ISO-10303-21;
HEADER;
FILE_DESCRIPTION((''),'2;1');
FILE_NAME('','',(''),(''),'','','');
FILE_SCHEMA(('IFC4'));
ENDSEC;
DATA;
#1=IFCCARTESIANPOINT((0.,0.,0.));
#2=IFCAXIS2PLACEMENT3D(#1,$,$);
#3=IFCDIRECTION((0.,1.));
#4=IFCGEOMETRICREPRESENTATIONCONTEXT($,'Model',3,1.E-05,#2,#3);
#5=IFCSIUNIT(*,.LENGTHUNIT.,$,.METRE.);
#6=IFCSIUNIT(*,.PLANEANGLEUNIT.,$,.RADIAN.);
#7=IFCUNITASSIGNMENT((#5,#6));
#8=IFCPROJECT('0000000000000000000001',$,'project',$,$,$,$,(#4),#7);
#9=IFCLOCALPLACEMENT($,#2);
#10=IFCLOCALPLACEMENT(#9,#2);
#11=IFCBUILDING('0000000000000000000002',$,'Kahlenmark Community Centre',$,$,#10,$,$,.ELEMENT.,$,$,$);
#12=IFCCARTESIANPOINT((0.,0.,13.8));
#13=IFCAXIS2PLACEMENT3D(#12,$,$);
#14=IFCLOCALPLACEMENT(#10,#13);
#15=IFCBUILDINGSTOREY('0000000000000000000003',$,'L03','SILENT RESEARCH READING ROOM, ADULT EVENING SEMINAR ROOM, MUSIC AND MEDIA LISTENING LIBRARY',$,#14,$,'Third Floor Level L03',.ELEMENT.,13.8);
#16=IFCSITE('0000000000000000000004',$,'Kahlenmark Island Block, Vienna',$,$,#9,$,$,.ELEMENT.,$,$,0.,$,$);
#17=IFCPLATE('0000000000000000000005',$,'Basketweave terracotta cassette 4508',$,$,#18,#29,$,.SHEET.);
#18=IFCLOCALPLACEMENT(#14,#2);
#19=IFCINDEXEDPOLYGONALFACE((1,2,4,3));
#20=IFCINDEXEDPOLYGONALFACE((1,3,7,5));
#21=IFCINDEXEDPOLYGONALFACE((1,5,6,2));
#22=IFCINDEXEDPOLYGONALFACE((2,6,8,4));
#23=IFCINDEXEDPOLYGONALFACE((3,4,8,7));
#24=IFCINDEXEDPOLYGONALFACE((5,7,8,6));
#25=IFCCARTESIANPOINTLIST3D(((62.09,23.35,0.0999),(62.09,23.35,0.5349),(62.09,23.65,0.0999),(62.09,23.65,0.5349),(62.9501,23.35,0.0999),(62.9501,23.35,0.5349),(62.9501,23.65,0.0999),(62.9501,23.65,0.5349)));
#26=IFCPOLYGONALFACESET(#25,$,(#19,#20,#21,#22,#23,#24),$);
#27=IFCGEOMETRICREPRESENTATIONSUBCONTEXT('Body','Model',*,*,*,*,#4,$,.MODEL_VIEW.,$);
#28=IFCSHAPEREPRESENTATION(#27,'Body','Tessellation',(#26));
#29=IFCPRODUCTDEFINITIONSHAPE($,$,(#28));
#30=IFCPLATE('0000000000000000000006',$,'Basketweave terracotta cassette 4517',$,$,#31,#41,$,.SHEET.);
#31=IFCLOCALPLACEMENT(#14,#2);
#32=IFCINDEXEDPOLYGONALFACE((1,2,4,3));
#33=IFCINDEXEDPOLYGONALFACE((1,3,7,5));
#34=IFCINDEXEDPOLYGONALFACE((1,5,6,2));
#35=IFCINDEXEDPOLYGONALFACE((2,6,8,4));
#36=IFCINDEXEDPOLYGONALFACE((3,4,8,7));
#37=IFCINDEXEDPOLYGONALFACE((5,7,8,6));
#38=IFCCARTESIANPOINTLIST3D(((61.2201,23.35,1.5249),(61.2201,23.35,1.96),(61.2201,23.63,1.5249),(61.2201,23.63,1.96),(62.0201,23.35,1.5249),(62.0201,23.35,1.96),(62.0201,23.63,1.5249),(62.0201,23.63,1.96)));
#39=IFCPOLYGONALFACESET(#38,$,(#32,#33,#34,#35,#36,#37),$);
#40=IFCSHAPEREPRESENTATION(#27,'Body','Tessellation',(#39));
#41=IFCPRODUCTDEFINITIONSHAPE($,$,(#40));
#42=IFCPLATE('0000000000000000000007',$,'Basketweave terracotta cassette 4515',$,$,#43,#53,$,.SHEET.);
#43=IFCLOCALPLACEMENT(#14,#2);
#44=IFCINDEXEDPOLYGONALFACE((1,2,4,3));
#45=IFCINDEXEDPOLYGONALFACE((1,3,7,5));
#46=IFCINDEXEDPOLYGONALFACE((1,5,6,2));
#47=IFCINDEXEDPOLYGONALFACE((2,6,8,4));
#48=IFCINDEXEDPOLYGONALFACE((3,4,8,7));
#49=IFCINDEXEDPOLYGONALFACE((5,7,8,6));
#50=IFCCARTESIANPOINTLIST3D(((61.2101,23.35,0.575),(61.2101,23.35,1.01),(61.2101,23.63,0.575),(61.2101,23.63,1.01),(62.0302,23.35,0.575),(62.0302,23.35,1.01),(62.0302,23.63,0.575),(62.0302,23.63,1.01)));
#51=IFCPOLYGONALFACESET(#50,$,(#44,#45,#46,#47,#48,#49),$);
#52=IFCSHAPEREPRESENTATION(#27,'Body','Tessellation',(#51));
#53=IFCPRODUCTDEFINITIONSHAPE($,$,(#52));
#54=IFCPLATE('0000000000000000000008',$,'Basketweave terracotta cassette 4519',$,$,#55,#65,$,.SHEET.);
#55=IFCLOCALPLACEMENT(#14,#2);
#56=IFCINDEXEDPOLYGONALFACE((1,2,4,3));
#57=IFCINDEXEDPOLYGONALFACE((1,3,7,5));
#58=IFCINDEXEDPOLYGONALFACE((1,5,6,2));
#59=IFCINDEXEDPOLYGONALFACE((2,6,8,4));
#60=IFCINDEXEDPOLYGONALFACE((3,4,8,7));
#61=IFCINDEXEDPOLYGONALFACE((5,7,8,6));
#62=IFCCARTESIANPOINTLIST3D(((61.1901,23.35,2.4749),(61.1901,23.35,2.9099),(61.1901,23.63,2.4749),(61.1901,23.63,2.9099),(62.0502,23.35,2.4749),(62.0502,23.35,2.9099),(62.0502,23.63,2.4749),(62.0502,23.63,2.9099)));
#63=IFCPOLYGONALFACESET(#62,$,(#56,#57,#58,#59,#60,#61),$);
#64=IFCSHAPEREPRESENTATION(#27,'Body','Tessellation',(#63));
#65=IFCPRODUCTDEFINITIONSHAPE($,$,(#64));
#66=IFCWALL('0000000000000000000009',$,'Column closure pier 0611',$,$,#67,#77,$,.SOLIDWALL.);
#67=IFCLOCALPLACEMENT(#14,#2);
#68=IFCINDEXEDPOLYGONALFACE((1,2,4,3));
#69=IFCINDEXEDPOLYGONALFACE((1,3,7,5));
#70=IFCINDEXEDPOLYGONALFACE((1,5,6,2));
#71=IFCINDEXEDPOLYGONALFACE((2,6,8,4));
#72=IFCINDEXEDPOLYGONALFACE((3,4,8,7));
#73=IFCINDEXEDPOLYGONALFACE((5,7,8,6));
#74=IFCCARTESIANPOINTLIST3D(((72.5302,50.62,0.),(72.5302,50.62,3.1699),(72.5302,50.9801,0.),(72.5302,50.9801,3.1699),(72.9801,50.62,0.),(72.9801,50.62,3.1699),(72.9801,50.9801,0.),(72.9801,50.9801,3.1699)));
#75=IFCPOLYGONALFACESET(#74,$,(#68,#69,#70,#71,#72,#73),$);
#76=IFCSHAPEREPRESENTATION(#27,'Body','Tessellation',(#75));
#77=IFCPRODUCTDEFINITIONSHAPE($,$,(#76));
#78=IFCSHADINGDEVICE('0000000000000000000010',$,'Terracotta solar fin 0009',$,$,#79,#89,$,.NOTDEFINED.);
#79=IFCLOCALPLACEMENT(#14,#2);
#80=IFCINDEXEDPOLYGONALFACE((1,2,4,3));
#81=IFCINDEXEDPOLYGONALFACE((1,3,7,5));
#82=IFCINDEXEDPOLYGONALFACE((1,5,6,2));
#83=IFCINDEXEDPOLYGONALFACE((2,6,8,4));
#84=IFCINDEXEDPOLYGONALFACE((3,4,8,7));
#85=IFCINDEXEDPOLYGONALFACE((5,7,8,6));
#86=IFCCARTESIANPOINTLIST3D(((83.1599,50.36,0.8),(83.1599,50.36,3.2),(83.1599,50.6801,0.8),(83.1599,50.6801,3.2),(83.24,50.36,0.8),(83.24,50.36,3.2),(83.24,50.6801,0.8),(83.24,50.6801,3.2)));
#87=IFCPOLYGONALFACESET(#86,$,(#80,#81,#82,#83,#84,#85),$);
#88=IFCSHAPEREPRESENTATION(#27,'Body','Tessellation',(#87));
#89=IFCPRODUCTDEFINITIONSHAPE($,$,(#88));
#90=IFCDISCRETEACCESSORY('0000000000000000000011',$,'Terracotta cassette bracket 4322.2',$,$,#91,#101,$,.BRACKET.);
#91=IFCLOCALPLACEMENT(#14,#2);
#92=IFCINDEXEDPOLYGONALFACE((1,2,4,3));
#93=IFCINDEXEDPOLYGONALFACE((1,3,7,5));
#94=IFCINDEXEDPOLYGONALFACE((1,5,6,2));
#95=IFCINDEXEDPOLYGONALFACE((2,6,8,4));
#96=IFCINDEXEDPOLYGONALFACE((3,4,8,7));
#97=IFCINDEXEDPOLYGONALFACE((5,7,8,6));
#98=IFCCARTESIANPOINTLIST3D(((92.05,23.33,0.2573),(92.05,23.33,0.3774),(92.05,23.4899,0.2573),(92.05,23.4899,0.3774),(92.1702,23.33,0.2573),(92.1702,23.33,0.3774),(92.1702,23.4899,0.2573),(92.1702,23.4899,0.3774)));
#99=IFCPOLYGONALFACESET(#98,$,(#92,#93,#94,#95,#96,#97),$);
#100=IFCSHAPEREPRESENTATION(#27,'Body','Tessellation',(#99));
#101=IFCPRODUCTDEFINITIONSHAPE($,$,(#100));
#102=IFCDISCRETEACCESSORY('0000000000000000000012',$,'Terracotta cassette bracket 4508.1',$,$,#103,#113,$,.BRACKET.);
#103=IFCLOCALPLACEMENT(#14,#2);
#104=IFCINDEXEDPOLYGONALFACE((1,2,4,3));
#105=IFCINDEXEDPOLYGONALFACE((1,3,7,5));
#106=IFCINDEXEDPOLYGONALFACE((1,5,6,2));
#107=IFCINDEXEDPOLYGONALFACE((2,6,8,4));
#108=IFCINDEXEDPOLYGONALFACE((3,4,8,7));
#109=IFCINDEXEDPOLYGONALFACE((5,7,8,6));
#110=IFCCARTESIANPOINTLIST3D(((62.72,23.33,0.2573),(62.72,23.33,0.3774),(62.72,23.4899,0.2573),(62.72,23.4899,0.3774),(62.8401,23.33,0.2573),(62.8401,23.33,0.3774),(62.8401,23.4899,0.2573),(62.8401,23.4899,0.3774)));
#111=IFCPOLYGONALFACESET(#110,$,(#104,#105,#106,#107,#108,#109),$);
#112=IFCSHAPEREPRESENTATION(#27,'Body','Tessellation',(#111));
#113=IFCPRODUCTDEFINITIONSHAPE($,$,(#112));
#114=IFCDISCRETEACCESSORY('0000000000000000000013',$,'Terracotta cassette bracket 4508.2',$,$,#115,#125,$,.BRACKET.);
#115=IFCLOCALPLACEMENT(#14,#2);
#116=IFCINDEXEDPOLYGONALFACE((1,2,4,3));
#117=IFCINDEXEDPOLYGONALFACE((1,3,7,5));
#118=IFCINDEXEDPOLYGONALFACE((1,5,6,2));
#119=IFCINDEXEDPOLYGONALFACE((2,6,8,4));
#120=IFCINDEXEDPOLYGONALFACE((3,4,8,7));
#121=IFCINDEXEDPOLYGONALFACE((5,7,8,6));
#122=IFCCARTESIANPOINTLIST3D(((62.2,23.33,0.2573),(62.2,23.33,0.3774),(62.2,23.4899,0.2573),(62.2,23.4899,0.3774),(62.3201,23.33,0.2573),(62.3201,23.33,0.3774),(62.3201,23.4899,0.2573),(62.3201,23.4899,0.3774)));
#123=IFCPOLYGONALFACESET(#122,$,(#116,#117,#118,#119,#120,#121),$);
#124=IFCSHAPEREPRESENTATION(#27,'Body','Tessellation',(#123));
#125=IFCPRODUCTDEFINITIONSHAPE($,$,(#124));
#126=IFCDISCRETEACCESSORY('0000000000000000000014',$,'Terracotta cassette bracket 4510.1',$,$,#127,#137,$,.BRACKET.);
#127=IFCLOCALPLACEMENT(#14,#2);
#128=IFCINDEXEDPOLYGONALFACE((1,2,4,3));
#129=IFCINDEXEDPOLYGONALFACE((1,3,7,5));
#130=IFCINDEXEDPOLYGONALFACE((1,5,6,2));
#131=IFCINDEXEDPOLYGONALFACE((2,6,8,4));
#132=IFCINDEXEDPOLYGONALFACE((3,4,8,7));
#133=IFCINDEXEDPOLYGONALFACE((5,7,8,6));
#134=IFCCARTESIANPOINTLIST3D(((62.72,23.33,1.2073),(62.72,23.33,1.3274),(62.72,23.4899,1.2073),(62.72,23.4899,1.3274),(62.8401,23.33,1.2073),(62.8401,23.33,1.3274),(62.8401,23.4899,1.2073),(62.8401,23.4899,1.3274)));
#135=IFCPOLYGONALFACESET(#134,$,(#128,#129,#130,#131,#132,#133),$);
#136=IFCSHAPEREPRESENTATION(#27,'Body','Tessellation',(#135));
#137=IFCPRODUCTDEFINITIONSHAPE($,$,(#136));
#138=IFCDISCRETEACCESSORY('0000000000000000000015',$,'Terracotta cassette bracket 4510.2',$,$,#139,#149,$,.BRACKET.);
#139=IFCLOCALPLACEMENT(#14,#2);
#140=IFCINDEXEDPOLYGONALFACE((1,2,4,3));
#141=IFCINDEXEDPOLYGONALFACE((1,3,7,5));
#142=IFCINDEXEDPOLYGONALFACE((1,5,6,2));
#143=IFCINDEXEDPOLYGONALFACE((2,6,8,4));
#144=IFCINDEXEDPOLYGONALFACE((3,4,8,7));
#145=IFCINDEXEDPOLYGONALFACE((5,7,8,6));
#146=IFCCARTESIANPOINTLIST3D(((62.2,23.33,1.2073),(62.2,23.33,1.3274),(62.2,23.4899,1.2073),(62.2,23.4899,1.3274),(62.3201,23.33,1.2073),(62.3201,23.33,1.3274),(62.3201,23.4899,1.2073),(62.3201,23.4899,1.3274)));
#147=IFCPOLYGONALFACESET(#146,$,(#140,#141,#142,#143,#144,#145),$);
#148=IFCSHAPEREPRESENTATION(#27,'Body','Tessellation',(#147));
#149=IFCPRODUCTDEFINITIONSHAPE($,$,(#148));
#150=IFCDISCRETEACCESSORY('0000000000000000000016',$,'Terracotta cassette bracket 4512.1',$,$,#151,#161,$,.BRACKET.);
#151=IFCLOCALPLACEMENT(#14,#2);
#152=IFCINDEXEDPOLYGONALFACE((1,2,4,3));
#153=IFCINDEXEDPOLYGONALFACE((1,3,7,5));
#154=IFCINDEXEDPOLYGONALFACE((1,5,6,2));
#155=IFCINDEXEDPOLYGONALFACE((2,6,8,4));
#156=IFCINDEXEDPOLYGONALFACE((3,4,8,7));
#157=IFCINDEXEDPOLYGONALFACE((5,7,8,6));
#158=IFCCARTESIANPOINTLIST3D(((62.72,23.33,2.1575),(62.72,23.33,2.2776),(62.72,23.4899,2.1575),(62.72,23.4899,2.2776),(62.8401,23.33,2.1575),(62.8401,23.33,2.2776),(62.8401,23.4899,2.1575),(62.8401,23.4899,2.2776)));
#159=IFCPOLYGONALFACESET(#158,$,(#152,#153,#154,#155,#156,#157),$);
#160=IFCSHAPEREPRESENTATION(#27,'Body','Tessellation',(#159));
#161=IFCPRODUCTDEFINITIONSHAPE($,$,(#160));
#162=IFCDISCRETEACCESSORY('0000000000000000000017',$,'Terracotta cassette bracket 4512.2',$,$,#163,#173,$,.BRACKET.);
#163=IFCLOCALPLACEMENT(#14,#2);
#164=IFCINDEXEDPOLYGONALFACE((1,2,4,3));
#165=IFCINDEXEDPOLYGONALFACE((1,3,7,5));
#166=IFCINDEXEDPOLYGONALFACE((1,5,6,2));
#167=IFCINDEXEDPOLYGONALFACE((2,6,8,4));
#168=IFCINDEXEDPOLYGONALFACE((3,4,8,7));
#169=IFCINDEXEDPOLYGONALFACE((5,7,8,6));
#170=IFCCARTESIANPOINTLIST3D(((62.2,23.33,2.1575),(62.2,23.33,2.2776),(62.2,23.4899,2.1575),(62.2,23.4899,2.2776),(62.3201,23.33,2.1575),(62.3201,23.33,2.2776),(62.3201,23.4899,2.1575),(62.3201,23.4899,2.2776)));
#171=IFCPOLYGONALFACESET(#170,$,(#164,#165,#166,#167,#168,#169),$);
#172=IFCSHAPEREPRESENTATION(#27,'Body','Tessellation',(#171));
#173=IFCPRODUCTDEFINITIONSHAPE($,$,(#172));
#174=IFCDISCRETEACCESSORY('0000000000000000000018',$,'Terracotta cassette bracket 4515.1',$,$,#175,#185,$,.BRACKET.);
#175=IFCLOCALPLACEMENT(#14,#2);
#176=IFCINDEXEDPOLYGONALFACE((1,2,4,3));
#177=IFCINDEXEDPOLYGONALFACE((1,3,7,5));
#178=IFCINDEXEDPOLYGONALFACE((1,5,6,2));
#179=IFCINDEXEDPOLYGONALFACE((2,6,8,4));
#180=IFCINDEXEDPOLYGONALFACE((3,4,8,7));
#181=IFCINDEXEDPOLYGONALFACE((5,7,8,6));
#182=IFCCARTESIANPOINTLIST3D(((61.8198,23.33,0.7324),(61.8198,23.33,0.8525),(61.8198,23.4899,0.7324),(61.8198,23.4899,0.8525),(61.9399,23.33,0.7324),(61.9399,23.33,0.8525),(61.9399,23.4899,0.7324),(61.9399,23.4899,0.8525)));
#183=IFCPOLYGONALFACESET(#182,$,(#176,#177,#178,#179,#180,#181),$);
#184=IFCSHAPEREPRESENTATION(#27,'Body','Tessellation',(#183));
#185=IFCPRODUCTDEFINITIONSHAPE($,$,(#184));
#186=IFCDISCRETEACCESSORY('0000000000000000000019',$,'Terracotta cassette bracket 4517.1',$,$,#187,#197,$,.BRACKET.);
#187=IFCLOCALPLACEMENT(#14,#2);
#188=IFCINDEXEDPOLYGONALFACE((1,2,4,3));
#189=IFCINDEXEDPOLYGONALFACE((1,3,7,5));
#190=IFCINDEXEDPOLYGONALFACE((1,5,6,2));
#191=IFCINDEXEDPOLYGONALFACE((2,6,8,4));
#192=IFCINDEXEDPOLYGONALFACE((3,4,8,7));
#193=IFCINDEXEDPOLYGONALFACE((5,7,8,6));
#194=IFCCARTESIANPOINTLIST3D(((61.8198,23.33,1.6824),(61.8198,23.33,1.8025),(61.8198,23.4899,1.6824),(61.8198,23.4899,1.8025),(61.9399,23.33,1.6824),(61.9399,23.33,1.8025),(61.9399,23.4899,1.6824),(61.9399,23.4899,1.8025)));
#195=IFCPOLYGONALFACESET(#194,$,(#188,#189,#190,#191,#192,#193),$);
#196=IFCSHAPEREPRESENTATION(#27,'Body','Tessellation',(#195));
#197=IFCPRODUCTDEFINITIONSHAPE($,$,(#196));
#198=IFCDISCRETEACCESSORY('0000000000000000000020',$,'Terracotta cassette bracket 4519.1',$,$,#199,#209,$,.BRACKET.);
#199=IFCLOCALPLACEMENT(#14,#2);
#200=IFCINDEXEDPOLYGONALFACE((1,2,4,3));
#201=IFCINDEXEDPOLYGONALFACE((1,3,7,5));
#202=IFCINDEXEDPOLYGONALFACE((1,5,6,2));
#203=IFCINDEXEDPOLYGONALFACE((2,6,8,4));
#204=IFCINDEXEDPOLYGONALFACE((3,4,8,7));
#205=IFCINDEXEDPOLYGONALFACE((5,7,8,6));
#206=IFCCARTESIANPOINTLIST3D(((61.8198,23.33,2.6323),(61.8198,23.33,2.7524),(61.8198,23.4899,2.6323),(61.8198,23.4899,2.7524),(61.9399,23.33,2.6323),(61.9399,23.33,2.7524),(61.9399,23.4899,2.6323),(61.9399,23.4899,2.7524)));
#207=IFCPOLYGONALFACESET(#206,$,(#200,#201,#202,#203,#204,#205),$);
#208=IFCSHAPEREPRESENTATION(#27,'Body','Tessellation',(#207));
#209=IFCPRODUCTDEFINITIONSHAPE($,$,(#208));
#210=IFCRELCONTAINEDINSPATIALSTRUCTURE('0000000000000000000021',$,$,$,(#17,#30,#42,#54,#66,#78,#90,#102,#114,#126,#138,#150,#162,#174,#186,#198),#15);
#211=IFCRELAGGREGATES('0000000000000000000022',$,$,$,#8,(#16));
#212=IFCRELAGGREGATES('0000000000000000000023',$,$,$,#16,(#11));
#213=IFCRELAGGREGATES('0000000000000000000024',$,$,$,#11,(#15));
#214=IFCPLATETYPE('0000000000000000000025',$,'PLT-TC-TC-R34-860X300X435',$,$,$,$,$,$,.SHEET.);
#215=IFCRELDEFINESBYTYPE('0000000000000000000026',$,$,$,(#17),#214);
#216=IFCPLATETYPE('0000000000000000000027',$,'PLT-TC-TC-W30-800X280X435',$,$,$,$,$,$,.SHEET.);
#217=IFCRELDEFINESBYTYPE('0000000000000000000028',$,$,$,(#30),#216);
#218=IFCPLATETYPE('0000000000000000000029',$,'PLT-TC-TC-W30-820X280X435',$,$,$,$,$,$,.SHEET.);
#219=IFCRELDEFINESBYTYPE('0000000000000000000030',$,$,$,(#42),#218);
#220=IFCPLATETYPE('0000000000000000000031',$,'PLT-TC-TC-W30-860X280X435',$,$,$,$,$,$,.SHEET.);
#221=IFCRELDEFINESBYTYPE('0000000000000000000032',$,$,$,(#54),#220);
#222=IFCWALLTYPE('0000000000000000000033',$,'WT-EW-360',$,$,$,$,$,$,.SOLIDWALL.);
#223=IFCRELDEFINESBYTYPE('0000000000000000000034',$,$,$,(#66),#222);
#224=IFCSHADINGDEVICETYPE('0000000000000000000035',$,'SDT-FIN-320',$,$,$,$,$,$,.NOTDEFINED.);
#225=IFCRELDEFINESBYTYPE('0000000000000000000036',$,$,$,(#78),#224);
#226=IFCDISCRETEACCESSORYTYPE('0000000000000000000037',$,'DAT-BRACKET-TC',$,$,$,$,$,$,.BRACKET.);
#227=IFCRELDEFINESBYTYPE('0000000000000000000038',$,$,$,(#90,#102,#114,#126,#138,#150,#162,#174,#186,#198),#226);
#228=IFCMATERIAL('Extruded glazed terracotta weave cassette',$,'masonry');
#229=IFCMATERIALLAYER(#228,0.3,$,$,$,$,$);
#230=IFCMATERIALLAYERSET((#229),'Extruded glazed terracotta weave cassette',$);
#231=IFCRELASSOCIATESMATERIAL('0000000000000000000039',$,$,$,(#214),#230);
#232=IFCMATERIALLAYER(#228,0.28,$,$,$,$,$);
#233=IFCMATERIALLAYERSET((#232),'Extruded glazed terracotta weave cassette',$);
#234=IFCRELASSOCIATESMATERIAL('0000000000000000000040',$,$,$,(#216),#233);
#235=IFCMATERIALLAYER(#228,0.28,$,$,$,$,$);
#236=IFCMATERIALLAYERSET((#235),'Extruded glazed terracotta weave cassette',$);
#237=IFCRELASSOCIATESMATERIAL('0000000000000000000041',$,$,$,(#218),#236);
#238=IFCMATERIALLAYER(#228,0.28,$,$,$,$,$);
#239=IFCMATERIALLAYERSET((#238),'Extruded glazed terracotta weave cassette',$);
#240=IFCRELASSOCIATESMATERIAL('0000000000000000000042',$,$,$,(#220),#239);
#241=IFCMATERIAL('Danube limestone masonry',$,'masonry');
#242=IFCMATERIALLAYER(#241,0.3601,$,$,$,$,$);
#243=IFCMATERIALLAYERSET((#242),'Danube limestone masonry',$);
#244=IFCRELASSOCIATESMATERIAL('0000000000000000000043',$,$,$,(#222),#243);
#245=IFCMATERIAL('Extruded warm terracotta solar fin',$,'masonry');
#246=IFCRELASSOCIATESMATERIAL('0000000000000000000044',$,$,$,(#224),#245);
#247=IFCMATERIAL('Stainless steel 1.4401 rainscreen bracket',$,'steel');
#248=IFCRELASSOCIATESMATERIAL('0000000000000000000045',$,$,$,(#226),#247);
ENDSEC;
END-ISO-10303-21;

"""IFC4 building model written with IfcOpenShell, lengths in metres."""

from ifc_helpers import new_model, si_unit, direction, frame, frame_2d, origin, origin_2d, place, context, subcontext, project, spatial, rectangle, extrude, material, layer, layer_set, type_object, element, save


model = new_model("IFC4")

# Units and contexts
model_context = context("Model", 3, precision=1e-05, world=origin(), true_north=direction((0.0, 1.0)))
body_context = subcontext(model_context, "Body", "Model", "MODEL_VIEW")
ifc_project = project(units=[si_unit("LENGTHUNIT", "METRE"), si_unit("PLANEANGLEUNIT", "RADIAN")], contexts=[model_context])

# Site, building, storey
site_placement = place(None, origin())
site = spatial("IfcSite", under=ifc_project, at=site_placement, Name="Kahlenmark Island Block, Vienna", CompositionType="ELEMENT", RefElevation=0.0)
building_placement = place(site_placement, origin())
building = spatial("IfcBuilding", under=site, at=building_placement, Name="Kahlenmark Community Centre", CompositionType="ELEMENT")
storey_placement = place(building_placement, frame((0.0, 0.0, 13.8)))
storey = spatial("IfcBuildingStorey", under=building, at=storey_placement, Name="L03", Description="SILENT RESEARCH READING ROOM, ADULT EVENING SEMINAR ROOM, MUSIC AND MEDIA LISTENING LIBRARY", LongName="Third Floor Level L03", CompositionType="ELEMENT", Elevation=13.8)

# Plates
ifc_material_1 = material(Name="Extruded glazed terracotta weave cassette", Category="masonry")
ifc_layer_1 = layer(ifc_material_1, 0.3)
ifc_layer_set_1 = layer_set([ifc_layer_1], Name="Extruded glazed terracotta weave cassette")
plate_type_1 = type_object("IfcPlateType", Name="PLT-TC-TC-R34-860X300X435", PredefinedType="SHEET", material=ifc_layer_set_1)
plate_1_placement = place(storey_placement, frame((62.52, 23.5, 0.0999), z_axis=(0.0, 0.0, 1.0), x_axis=(-1.0, 0.0, 0.0)))
element("IfcPlate", 1, at=plate_1_placement, inside=storey, type_object=plate_type_1, Name="Basketweave terracotta cassette 4508", PredefinedType="SHEET", context=body_context, shape_type="SweptSolid", body=[
    extrude(rectangle(XDim=0.8601, YDim=0.3, at=origin_2d()), origin(), (0.0, 0.0, 1.0), 0.4351),
])
ifc_layer_2 = layer(ifc_material_1, 0.28)
ifc_layer_set_2 = layer_set([ifc_layer_2], Name="Extruded glazed terracotta weave cassette")
plate_type_2 = type_object("IfcPlateType", Name="PLT-TC-TC-W30-800X280X435", PredefinedType="SHEET", material=ifc_layer_set_2)
plate_2_placement = place(storey_placement, frame((61.6201, 23.49, 1.5249), z_axis=(0.0, 0.0, 1.0), x_axis=(-1.0, 0.0, 0.0)))
element("IfcPlate", 2, at=plate_2_placement, inside=storey, type_object=plate_type_2, Name="Basketweave terracotta cassette 4517", PredefinedType="SHEET", context=body_context, shape_type="SweptSolid", body=[
    extrude(rectangle(XDim=0.8, YDim=0.28, at=origin_2d()), origin(), (0.0, 0.0, 1.0), 0.4351),
])
ifc_layer_3 = layer(ifc_material_1, 0.28)
ifc_layer_set_3 = layer_set([ifc_layer_3], Name="Extruded glazed terracotta weave cassette")
plate_type_3 = type_object("IfcPlateType", Name="PLT-TC-TC-W30-820X280X435", PredefinedType="SHEET", material=ifc_layer_set_3)
plate_3_placement = place(storey_placement, frame((61.6201, 23.49, 0.575), z_axis=(0.0, 0.0, 1.0), x_axis=(-1.0, 0.0, 0.0)))
element("IfcPlate", 3, at=plate_3_placement, inside=storey, type_object=plate_type_3, Name="Basketweave terracotta cassette 4515", PredefinedType="SHEET", context=body_context, shape_type="SweptSolid", body=[
    extrude(rectangle(XDim=0.8201, YDim=0.28, at=origin_2d()), origin(), (0.0, 0.0, 1.0), 0.4351),
])
ifc_layer_4 = layer(ifc_material_1, 0.28)
ifc_layer_set_4 = layer_set([ifc_layer_4], Name="Extruded glazed terracotta weave cassette")
plate_type_4 = type_object("IfcPlateType", Name="PLT-TC-TC-W30-860X280X435", PredefinedType="SHEET", material=ifc_layer_set_4)
plate_4_placement = place(storey_placement, frame((61.6201, 23.49, 2.4749), z_axis=(0.0, 0.0, 1.0), x_axis=(-1.0, 0.0, 0.0)))
element("IfcPlate", 4, at=plate_4_placement, inside=storey, type_object=plate_type_4, Name="Basketweave terracotta cassette 4519", PredefinedType="SHEET", context=body_context, shape_type="SweptSolid", body=[
    extrude(rectangle(XDim=0.8601, YDim=0.28, at=origin_2d()), origin(), (0.0, 0.0, 1.0), 0.4351),
])

# Wall
ifc_material_2 = material(Name="Danube limestone masonry", Category="masonry")
ifc_layer_5 = layer(ifc_material_2, 0.3601)
ifc_layer_set_5 = layer_set([ifc_layer_5], Name="Danube limestone masonry")
wall_type = type_object("IfcWallType", Name="WT-EW-360", PredefinedType="SOLIDWALL", material=ifc_layer_set_5)
wall_placement = place(storey_placement, frame((72.53, 50.8, 0.0), z_axis=(0.0, 0.0, 1.0), x_axis=(1.0, 0.0, 0.0)))
element("IfcWall", 5, at=wall_placement, inside=storey, type_object=wall_type, Name="Column closure pier 0611", PredefinedType="SOLIDWALL", context=body_context, shape_type="SweptSolid", body=[
    extrude(rectangle(XDim=0.45, YDim=0.3601, at=frame_2d((0.2251, 0.0))), origin(), (0.0, 0.0, 1.0), 3.1699),
])

# Shading device
ifc_material_3 = material(Name="Extruded warm terracotta solar fin", Category="masonry")
shading_device_type = type_object("IfcShadingDeviceType", Name="SDT-FIN-320", PredefinedType="NOTDEFINED", material=ifc_material_3)
shading_device_placement = place(storey_placement, frame((83.2, 50.52, 0.8), z_axis=(0.0, 0.0, 1.0), x_axis=(1.0, 0.0, 0.0)))
element("IfcShadingDevice", 6, at=shading_device_placement, inside=storey, type_object=shading_device_type, Name="Terracotta solar fin 0009", PredefinedType="NOTDEFINED", context=body_context, shape_type="SweptSolid", body=[
    extrude(rectangle(XDim=0.0801, YDim=0.3201, at=origin_2d()), origin(), (0.0, 0.0, 1.0), 2.3999),
])

# Discrete accessories
ifc_material_4 = material(Name="Stainless steel 1.4401 rainscreen bracket", Category="steel")
discrete_accessory_type = type_object("IfcDiscreteAccessoryType", Name="DAT-BRACKET-TC", PredefinedType="BRACKET", material=ifc_material_4)
for number, where, z_axis, x_axis, name in (
    (7, (92.1101, 23.4099, 0.2573), (0.0, 0.0, 1.0), (-1.0, 0.0, 0.0), "Terracotta cassette bracket 4322.2"),
    (8, (62.78, 23.4099, 0.2573), (0.0, 0.0, 1.0), (-1.0, 0.0, 0.0), "Terracotta cassette bracket 4508.1"),
    (9, (62.26, 23.4099, 0.2573), (0.0, 0.0, 1.0), (-1.0, 0.0, 0.0), "Terracotta cassette bracket 4508.2"),
    (10, (62.78, 23.4099, 1.2073), (0.0, 0.0, 1.0), (-1.0, 0.0, 0.0), "Terracotta cassette bracket 4510.1"),
    (11, (62.26, 23.4099, 1.2073), (0.0, 0.0, 1.0), (-1.0, 0.0, 0.0), "Terracotta cassette bracket 4510.2"),
    (12, (62.78, 23.4099, 2.1575), (0.0, 0.0, 1.0), (-1.0, 0.0, 0.0), "Terracotta cassette bracket 4512.1"),
    (13, (62.26, 23.4099, 2.1575), (0.0, 0.0, 1.0), (-1.0, 0.0, 0.0), "Terracotta cassette bracket 4512.2"),
    (14, (61.8799, 23.4099, 0.7324), (0.0, 0.0, 1.0), (-1.0, 0.0, 0.0), "Terracotta cassette bracket 4515.1"),
    (15, (61.8799, 23.4099, 1.6824), (0.0, 0.0, 1.0), (-1.0, 0.0, 0.0), "Terracotta cassette bracket 4517.1"),
    (16, (61.8799, 23.4099, 2.6323), (0.0, 0.0, 1.0), (-1.0, 0.0, 0.0), "Terracotta cassette bracket 4519.1"),
):
    element("IfcDiscreteAccessory", number, at=place(storey_placement, frame(where, z_axis=z_axis, x_axis=x_axis)), inside=storey, type_object=discrete_accessory_type, Name=name, PredefinedType="BRACKET", context=body_context, shape_type="SweptSolid", body=[
        extrude(rectangle(XDim=0.1201, YDim=0.1599, at=origin_2d()), origin(), (0.0, 0.0, 1.0), 0.1201),
    ])

save(model, "model.ifc")
